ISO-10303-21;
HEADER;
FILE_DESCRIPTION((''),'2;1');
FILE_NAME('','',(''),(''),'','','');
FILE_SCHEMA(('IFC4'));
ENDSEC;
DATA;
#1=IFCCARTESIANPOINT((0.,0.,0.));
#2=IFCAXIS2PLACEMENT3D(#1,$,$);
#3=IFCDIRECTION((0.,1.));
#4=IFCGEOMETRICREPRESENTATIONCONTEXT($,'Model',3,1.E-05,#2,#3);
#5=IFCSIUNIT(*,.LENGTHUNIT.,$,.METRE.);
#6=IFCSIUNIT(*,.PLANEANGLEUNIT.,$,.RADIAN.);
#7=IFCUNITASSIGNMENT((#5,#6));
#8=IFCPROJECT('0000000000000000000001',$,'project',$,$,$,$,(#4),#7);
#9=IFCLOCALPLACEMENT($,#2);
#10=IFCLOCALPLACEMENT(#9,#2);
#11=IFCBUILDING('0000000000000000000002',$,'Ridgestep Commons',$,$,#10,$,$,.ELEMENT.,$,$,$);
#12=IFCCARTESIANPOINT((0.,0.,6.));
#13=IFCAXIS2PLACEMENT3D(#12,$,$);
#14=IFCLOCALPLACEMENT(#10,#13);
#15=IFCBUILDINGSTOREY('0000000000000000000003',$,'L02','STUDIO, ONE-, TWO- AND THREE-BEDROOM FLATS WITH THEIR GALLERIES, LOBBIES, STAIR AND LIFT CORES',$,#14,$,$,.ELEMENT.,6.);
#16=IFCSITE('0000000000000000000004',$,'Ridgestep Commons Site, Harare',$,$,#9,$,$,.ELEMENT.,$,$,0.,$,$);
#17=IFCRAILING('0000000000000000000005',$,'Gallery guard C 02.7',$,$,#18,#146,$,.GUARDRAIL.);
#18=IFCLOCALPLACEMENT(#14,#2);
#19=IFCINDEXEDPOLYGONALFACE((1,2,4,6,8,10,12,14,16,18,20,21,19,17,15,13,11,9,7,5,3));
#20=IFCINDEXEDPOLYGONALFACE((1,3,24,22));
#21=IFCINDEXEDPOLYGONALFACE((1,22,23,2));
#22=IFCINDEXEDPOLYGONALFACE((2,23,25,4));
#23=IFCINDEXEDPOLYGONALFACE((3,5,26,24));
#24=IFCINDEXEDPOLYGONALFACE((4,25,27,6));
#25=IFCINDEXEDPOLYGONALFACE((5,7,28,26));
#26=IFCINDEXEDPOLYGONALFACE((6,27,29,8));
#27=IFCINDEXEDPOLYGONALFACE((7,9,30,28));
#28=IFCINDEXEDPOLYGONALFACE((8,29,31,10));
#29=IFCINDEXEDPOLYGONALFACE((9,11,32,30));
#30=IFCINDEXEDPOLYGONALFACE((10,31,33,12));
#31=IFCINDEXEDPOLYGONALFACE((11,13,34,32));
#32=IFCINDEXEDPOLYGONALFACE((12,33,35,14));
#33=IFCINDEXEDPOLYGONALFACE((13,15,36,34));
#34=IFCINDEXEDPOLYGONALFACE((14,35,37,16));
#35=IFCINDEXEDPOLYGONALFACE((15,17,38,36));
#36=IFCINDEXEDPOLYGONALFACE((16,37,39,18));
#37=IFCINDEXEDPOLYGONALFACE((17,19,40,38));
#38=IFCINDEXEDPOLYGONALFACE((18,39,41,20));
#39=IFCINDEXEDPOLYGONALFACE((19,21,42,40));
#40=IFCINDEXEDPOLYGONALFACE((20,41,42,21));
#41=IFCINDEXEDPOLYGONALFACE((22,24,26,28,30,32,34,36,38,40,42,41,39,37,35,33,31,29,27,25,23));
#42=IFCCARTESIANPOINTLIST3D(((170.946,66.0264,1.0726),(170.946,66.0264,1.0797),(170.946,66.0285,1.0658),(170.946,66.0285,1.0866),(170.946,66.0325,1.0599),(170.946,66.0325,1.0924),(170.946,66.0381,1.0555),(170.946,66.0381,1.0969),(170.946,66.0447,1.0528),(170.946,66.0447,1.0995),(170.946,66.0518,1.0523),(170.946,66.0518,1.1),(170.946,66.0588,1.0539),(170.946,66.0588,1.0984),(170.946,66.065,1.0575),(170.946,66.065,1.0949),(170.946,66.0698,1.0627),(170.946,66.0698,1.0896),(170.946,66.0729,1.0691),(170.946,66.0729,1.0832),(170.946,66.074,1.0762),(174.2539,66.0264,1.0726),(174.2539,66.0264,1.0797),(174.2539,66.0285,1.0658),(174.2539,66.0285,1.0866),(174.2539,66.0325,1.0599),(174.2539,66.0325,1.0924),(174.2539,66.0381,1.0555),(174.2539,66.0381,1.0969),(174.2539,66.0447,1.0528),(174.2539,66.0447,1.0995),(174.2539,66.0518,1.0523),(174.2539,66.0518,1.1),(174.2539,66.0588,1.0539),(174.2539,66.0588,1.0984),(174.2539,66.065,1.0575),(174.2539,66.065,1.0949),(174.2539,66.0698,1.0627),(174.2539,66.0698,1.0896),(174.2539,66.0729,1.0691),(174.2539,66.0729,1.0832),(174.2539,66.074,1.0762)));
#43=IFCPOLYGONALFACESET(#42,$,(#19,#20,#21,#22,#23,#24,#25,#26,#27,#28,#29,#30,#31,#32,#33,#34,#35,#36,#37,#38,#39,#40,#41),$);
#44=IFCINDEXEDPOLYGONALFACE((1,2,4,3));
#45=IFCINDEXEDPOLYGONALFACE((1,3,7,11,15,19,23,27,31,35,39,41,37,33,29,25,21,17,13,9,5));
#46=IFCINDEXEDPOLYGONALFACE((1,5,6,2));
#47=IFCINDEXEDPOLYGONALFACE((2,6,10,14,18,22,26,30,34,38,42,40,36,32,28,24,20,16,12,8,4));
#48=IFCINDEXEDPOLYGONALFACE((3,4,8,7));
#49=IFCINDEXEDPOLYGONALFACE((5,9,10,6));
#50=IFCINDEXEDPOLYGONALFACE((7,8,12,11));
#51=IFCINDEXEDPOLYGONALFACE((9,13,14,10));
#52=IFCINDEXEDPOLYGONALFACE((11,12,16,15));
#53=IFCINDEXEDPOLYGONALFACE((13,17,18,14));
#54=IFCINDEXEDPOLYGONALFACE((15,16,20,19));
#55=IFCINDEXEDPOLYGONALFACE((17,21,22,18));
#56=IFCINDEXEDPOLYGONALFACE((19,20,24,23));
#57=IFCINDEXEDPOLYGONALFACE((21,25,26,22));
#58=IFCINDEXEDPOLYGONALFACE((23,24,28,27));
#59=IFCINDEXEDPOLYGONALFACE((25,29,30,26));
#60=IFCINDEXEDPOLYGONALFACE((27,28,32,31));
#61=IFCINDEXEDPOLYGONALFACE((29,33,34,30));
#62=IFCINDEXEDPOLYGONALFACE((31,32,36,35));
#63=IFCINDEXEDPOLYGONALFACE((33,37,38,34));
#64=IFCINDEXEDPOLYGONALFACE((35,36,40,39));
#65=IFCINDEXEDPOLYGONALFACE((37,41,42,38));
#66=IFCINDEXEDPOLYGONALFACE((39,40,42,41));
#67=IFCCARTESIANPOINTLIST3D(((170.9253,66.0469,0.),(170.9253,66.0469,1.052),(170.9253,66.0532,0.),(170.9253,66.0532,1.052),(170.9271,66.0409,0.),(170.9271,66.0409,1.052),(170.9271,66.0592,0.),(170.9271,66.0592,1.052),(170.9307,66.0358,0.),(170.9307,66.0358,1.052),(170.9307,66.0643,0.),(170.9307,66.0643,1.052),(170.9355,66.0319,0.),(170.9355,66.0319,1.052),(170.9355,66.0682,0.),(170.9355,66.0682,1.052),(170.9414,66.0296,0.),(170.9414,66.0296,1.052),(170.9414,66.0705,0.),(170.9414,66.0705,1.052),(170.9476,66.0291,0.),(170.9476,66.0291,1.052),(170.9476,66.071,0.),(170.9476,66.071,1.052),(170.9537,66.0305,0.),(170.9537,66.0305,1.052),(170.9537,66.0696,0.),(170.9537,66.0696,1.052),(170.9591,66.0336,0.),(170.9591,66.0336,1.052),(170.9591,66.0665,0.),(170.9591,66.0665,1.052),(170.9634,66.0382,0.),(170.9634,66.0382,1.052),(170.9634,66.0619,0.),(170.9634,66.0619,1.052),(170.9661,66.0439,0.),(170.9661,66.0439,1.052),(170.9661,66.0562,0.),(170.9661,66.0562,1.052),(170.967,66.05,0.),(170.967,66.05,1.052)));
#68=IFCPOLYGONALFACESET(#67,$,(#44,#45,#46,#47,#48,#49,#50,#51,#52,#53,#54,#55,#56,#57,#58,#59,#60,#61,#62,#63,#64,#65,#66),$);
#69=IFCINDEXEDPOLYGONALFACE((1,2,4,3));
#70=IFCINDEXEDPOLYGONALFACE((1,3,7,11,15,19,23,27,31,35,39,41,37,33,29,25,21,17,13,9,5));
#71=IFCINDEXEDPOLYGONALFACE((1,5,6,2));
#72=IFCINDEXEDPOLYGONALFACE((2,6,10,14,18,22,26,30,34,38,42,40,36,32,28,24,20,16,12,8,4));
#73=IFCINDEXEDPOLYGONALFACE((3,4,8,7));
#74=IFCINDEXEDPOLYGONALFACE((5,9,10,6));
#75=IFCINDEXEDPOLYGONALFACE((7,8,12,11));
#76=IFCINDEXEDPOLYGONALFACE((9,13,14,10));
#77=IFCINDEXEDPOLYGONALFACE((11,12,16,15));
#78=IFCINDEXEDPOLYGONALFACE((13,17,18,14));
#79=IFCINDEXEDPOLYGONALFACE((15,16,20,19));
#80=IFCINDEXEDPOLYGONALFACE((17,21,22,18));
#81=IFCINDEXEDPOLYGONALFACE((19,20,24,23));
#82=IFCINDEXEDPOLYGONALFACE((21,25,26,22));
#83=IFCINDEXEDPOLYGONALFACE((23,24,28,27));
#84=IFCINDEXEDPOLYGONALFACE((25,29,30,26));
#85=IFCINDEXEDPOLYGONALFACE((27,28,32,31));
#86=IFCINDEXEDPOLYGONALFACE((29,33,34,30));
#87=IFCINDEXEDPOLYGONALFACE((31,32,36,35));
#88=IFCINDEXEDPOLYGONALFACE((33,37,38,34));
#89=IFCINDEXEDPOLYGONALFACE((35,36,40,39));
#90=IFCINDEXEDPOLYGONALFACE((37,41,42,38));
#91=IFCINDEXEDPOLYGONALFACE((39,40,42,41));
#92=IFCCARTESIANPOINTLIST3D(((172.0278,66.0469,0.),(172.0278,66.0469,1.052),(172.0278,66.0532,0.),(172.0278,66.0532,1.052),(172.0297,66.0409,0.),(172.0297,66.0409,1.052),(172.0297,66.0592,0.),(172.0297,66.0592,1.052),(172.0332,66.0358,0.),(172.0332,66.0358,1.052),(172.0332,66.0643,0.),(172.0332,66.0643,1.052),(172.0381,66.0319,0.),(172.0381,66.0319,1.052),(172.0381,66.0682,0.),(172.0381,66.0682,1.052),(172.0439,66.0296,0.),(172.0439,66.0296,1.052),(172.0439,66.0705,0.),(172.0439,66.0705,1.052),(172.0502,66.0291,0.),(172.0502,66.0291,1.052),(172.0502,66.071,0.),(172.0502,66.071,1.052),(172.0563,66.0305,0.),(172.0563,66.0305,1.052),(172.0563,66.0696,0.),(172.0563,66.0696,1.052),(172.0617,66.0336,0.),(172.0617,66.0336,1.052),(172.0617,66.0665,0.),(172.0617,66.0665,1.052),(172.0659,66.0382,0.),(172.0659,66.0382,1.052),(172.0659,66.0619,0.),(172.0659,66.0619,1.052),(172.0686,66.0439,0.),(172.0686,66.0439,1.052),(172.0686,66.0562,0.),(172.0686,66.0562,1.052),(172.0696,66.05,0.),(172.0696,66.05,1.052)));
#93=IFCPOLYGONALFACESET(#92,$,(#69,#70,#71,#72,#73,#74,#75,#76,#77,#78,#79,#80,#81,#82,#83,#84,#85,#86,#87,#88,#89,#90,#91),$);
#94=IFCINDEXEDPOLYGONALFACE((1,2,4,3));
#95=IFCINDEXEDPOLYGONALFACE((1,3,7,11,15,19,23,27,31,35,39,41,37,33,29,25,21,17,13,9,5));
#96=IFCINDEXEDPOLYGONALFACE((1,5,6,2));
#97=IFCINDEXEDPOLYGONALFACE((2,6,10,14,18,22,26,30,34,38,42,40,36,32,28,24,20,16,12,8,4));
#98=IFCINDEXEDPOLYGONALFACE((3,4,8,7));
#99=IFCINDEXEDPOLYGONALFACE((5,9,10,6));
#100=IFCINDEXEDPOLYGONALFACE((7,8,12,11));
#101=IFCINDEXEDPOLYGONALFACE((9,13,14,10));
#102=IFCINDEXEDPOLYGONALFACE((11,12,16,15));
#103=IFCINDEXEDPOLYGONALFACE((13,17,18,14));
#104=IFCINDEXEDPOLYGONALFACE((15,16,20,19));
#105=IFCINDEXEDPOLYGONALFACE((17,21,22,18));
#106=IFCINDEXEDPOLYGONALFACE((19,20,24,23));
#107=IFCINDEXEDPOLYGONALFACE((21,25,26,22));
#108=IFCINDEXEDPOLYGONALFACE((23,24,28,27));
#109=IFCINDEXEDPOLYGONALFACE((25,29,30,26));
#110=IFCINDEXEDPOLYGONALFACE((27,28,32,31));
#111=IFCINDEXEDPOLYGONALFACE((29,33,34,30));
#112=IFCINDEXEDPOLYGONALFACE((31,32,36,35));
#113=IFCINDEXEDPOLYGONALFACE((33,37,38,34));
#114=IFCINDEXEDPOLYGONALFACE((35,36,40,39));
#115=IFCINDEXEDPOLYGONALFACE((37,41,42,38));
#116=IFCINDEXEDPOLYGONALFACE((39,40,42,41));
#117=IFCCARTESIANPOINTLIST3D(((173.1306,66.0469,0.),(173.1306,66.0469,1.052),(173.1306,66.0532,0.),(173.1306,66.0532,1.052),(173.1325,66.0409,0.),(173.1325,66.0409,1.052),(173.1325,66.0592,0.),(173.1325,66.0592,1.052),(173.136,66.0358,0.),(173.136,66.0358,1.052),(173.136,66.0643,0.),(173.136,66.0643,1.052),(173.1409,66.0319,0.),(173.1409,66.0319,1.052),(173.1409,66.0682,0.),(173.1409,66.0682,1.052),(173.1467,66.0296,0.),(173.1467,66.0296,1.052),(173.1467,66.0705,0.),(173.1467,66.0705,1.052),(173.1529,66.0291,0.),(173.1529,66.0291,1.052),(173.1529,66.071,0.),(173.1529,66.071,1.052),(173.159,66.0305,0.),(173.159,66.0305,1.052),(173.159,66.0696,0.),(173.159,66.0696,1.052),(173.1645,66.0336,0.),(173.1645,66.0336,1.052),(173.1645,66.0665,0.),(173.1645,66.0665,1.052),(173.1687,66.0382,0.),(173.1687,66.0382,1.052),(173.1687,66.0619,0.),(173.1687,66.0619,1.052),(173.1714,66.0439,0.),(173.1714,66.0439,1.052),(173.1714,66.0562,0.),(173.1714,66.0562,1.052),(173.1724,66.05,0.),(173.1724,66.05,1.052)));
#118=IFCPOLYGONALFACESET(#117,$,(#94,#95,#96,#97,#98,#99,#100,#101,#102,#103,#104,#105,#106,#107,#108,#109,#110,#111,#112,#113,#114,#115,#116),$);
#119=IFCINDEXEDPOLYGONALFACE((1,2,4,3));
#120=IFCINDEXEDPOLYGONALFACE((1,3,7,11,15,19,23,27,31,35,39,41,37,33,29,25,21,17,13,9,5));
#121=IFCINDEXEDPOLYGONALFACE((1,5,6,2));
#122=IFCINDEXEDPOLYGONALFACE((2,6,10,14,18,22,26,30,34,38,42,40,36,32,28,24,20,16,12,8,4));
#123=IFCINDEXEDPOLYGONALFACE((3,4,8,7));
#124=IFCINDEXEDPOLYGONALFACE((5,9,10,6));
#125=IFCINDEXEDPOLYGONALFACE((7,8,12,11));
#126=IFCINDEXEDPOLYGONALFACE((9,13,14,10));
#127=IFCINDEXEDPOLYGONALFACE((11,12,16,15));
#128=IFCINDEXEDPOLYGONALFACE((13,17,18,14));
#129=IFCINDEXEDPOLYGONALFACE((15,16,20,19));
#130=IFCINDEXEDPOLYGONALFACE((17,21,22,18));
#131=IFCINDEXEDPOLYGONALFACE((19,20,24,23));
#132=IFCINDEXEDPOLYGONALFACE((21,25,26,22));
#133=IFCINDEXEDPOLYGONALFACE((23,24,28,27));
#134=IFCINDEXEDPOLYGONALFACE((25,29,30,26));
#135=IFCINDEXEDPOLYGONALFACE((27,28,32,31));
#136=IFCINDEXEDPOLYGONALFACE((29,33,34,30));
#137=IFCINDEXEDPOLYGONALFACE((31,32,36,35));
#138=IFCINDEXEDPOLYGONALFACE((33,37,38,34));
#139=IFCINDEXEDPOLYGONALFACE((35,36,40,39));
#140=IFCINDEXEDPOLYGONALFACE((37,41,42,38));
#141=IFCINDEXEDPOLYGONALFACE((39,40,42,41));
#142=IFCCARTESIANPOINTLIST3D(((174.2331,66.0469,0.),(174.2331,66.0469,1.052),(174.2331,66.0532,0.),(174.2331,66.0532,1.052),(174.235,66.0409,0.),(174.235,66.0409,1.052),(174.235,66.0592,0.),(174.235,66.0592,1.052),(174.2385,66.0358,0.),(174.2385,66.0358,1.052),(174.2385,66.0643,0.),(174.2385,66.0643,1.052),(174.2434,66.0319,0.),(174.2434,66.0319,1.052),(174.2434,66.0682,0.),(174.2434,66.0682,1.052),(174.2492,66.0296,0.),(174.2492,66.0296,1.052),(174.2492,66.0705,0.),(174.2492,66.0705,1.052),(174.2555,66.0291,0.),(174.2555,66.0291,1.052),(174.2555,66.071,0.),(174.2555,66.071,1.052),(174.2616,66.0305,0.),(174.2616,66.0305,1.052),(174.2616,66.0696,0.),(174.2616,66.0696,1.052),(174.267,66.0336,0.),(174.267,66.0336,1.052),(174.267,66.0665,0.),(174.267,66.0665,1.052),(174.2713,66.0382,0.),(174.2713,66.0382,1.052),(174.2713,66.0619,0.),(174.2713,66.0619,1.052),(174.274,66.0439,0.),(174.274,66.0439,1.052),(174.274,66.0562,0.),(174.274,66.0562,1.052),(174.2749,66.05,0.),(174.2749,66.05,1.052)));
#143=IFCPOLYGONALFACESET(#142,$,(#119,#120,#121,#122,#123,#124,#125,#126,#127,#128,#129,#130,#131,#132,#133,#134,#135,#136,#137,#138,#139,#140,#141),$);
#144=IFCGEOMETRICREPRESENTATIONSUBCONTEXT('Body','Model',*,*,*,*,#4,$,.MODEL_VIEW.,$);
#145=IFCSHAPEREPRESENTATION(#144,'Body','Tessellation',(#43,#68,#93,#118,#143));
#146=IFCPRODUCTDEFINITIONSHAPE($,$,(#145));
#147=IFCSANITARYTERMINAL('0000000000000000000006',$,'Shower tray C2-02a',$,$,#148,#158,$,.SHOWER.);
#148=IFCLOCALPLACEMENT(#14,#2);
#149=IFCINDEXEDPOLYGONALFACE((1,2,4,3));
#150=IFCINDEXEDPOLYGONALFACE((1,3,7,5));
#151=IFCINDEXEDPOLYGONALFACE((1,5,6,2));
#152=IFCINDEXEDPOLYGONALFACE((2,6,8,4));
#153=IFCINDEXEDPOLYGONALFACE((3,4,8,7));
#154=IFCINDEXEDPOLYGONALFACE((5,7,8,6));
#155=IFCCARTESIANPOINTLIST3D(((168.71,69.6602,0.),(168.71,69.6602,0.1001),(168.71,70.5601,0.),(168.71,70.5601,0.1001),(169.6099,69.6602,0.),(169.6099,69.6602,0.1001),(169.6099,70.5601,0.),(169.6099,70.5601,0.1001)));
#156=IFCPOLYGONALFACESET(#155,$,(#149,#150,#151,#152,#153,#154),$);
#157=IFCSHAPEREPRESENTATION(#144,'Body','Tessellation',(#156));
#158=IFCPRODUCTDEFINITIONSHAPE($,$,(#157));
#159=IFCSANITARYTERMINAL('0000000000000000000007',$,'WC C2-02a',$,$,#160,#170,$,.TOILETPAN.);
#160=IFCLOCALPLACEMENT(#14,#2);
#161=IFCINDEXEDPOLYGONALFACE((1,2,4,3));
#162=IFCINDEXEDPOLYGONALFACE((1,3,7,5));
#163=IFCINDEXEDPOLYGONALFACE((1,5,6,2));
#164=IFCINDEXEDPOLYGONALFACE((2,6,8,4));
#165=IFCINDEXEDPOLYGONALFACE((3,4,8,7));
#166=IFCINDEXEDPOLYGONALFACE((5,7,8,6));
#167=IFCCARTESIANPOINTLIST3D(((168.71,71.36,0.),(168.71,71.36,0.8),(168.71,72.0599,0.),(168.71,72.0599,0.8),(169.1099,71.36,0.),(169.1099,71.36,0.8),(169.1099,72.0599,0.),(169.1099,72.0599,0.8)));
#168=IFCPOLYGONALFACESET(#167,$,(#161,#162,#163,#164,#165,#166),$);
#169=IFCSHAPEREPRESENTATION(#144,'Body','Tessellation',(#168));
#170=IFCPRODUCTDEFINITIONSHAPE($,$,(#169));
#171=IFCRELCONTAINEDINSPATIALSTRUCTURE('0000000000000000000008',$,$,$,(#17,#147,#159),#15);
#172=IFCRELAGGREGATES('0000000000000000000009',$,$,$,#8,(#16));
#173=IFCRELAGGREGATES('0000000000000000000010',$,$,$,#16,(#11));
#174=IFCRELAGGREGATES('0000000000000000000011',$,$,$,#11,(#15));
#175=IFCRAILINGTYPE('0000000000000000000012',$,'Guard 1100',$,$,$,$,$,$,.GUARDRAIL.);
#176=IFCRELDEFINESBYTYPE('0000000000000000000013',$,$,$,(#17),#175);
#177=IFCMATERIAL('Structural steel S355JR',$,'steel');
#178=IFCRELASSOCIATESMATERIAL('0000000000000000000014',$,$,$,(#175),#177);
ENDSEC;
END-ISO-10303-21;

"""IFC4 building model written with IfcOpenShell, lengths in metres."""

from ifc_helpers import new_model, si_unit, direction, frame, origin, origin_2d, place, context, subcontext, project, spatial, rectangle, circle, extrude, material, type_object, element, save


model = new_model("IFC4")

# Units and contexts
model_context = context("Model", 3, precision=1e-05, world=origin(), true_north=direction((0.0, 1.0)))
body_context = subcontext(model_context, "Body", "Model", "MODEL_VIEW")
ifc_project = project(units=[si_unit("LENGTHUNIT", "METRE"), si_unit("PLANEANGLEUNIT", "RADIAN")], contexts=[model_context])

# Site, building, storey
site_placement = place(None, origin())
site = spatial("IfcSite", under=ifc_project, at=site_placement, Name="Ridgestep Commons Site, Harare", CompositionType="ELEMENT", RefElevation=0.0)
building_placement = place(site_placement, origin())
building = spatial("IfcBuilding", under=site, at=building_placement, Name="Ridgestep Commons", CompositionType="ELEMENT")
storey_placement = place(building_placement, frame((0.0, 0.0, 6.0)))
storey = spatial("IfcBuildingStorey", under=building, at=storey_placement, Name="L02", Description="STUDIO, ONE-, TWO- AND THREE-BEDROOM FLATS WITH THEIR GALLERIES, LOBBIES, STAIR AND LIFT CORES", CompositionType="ELEMENT", Elevation=6.0)

# Railing
ifc_material_1 = material(Name="Structural steel S355JR", Category="steel")
railing_type = type_object("IfcRailingType", Name="Guard 1100", PredefinedType="GUARDRAIL", material=ifc_material_1)
railing_1_placement = place(storey_placement, frame((170.946, 66.05, 0.0)))
element("IfcRailing", 1, at=railing_1_placement, inside=storey, type_object=railing_type, Name="Gallery guard C 02.7", PredefinedType="GUARDRAIL", context=body_context, shape_type="SweptSolid", body=[
    extrude(circle(Radius=0.0239, at=origin_2d()), frame((0.0, 0.0, 1.0762), z_axis=(1.0, 0.0, 0.0), x_axis=(0.0, 1.0, 0.0)), (0.0, 0.0, 1.0), 3.3079),
    extrude(circle(Radius=0.021, at=origin_2d()), origin(), (0.0, 0.0, 1.0), 1.052),
    extrude(circle(Radius=0.021, at=origin_2d()), frame((1.1025, 0.0, 0.0)), (0.0, 0.0, 1.0), 1.052),
    extrude(circle(Radius=0.021, at=origin_2d()), frame((2.2053, 0.0, 0.0)), (0.0, 0.0, 1.0), 1.052),
    extrude(circle(Radius=0.021, at=origin_2d()), frame((3.3079, 0.0, 0.0)), (0.0, 0.0, 1.0), 1.052),
])

# Sanitary terminals
sanitary_terminal_1_placement = place(storey_placement, frame((169.1599, 70.1101, 0.0), z_axis=(0.0, 0.0, 1.0), x_axis=(1.0, 0.0, 0.0)))
element("IfcSanitaryTerminal", 2, at=sanitary_terminal_1_placement, inside=storey, Name="Shower tray C2-02a", PredefinedType="SHOWER", context=body_context, shape_type="SweptSolid", body=[
    extrude(rectangle(XDim=0.8999, YDim=0.8999, at=origin_2d()), origin(), (0.0, 0.0, 1.0), 0.1001),
])
sanitary_terminal_2_placement = place(storey_placement, frame((168.9099, 71.71, 0.0), z_axis=(0.0, 0.0, 1.0), x_axis=(1.0, 0.0, 0.0)))
element("IfcSanitaryTerminal", 3, at=sanitary_terminal_2_placement, inside=storey, Name="WC C2-02a", PredefinedType="TOILETPAN", context=body_context, shape_type="SweptSolid", body=[
    extrude(rectangle(XDim=0.3999, YDim=0.7, at=origin_2d()), origin(), (0.0, 0.0, 1.0), 0.8),
])

save(model, "model.ifc")
